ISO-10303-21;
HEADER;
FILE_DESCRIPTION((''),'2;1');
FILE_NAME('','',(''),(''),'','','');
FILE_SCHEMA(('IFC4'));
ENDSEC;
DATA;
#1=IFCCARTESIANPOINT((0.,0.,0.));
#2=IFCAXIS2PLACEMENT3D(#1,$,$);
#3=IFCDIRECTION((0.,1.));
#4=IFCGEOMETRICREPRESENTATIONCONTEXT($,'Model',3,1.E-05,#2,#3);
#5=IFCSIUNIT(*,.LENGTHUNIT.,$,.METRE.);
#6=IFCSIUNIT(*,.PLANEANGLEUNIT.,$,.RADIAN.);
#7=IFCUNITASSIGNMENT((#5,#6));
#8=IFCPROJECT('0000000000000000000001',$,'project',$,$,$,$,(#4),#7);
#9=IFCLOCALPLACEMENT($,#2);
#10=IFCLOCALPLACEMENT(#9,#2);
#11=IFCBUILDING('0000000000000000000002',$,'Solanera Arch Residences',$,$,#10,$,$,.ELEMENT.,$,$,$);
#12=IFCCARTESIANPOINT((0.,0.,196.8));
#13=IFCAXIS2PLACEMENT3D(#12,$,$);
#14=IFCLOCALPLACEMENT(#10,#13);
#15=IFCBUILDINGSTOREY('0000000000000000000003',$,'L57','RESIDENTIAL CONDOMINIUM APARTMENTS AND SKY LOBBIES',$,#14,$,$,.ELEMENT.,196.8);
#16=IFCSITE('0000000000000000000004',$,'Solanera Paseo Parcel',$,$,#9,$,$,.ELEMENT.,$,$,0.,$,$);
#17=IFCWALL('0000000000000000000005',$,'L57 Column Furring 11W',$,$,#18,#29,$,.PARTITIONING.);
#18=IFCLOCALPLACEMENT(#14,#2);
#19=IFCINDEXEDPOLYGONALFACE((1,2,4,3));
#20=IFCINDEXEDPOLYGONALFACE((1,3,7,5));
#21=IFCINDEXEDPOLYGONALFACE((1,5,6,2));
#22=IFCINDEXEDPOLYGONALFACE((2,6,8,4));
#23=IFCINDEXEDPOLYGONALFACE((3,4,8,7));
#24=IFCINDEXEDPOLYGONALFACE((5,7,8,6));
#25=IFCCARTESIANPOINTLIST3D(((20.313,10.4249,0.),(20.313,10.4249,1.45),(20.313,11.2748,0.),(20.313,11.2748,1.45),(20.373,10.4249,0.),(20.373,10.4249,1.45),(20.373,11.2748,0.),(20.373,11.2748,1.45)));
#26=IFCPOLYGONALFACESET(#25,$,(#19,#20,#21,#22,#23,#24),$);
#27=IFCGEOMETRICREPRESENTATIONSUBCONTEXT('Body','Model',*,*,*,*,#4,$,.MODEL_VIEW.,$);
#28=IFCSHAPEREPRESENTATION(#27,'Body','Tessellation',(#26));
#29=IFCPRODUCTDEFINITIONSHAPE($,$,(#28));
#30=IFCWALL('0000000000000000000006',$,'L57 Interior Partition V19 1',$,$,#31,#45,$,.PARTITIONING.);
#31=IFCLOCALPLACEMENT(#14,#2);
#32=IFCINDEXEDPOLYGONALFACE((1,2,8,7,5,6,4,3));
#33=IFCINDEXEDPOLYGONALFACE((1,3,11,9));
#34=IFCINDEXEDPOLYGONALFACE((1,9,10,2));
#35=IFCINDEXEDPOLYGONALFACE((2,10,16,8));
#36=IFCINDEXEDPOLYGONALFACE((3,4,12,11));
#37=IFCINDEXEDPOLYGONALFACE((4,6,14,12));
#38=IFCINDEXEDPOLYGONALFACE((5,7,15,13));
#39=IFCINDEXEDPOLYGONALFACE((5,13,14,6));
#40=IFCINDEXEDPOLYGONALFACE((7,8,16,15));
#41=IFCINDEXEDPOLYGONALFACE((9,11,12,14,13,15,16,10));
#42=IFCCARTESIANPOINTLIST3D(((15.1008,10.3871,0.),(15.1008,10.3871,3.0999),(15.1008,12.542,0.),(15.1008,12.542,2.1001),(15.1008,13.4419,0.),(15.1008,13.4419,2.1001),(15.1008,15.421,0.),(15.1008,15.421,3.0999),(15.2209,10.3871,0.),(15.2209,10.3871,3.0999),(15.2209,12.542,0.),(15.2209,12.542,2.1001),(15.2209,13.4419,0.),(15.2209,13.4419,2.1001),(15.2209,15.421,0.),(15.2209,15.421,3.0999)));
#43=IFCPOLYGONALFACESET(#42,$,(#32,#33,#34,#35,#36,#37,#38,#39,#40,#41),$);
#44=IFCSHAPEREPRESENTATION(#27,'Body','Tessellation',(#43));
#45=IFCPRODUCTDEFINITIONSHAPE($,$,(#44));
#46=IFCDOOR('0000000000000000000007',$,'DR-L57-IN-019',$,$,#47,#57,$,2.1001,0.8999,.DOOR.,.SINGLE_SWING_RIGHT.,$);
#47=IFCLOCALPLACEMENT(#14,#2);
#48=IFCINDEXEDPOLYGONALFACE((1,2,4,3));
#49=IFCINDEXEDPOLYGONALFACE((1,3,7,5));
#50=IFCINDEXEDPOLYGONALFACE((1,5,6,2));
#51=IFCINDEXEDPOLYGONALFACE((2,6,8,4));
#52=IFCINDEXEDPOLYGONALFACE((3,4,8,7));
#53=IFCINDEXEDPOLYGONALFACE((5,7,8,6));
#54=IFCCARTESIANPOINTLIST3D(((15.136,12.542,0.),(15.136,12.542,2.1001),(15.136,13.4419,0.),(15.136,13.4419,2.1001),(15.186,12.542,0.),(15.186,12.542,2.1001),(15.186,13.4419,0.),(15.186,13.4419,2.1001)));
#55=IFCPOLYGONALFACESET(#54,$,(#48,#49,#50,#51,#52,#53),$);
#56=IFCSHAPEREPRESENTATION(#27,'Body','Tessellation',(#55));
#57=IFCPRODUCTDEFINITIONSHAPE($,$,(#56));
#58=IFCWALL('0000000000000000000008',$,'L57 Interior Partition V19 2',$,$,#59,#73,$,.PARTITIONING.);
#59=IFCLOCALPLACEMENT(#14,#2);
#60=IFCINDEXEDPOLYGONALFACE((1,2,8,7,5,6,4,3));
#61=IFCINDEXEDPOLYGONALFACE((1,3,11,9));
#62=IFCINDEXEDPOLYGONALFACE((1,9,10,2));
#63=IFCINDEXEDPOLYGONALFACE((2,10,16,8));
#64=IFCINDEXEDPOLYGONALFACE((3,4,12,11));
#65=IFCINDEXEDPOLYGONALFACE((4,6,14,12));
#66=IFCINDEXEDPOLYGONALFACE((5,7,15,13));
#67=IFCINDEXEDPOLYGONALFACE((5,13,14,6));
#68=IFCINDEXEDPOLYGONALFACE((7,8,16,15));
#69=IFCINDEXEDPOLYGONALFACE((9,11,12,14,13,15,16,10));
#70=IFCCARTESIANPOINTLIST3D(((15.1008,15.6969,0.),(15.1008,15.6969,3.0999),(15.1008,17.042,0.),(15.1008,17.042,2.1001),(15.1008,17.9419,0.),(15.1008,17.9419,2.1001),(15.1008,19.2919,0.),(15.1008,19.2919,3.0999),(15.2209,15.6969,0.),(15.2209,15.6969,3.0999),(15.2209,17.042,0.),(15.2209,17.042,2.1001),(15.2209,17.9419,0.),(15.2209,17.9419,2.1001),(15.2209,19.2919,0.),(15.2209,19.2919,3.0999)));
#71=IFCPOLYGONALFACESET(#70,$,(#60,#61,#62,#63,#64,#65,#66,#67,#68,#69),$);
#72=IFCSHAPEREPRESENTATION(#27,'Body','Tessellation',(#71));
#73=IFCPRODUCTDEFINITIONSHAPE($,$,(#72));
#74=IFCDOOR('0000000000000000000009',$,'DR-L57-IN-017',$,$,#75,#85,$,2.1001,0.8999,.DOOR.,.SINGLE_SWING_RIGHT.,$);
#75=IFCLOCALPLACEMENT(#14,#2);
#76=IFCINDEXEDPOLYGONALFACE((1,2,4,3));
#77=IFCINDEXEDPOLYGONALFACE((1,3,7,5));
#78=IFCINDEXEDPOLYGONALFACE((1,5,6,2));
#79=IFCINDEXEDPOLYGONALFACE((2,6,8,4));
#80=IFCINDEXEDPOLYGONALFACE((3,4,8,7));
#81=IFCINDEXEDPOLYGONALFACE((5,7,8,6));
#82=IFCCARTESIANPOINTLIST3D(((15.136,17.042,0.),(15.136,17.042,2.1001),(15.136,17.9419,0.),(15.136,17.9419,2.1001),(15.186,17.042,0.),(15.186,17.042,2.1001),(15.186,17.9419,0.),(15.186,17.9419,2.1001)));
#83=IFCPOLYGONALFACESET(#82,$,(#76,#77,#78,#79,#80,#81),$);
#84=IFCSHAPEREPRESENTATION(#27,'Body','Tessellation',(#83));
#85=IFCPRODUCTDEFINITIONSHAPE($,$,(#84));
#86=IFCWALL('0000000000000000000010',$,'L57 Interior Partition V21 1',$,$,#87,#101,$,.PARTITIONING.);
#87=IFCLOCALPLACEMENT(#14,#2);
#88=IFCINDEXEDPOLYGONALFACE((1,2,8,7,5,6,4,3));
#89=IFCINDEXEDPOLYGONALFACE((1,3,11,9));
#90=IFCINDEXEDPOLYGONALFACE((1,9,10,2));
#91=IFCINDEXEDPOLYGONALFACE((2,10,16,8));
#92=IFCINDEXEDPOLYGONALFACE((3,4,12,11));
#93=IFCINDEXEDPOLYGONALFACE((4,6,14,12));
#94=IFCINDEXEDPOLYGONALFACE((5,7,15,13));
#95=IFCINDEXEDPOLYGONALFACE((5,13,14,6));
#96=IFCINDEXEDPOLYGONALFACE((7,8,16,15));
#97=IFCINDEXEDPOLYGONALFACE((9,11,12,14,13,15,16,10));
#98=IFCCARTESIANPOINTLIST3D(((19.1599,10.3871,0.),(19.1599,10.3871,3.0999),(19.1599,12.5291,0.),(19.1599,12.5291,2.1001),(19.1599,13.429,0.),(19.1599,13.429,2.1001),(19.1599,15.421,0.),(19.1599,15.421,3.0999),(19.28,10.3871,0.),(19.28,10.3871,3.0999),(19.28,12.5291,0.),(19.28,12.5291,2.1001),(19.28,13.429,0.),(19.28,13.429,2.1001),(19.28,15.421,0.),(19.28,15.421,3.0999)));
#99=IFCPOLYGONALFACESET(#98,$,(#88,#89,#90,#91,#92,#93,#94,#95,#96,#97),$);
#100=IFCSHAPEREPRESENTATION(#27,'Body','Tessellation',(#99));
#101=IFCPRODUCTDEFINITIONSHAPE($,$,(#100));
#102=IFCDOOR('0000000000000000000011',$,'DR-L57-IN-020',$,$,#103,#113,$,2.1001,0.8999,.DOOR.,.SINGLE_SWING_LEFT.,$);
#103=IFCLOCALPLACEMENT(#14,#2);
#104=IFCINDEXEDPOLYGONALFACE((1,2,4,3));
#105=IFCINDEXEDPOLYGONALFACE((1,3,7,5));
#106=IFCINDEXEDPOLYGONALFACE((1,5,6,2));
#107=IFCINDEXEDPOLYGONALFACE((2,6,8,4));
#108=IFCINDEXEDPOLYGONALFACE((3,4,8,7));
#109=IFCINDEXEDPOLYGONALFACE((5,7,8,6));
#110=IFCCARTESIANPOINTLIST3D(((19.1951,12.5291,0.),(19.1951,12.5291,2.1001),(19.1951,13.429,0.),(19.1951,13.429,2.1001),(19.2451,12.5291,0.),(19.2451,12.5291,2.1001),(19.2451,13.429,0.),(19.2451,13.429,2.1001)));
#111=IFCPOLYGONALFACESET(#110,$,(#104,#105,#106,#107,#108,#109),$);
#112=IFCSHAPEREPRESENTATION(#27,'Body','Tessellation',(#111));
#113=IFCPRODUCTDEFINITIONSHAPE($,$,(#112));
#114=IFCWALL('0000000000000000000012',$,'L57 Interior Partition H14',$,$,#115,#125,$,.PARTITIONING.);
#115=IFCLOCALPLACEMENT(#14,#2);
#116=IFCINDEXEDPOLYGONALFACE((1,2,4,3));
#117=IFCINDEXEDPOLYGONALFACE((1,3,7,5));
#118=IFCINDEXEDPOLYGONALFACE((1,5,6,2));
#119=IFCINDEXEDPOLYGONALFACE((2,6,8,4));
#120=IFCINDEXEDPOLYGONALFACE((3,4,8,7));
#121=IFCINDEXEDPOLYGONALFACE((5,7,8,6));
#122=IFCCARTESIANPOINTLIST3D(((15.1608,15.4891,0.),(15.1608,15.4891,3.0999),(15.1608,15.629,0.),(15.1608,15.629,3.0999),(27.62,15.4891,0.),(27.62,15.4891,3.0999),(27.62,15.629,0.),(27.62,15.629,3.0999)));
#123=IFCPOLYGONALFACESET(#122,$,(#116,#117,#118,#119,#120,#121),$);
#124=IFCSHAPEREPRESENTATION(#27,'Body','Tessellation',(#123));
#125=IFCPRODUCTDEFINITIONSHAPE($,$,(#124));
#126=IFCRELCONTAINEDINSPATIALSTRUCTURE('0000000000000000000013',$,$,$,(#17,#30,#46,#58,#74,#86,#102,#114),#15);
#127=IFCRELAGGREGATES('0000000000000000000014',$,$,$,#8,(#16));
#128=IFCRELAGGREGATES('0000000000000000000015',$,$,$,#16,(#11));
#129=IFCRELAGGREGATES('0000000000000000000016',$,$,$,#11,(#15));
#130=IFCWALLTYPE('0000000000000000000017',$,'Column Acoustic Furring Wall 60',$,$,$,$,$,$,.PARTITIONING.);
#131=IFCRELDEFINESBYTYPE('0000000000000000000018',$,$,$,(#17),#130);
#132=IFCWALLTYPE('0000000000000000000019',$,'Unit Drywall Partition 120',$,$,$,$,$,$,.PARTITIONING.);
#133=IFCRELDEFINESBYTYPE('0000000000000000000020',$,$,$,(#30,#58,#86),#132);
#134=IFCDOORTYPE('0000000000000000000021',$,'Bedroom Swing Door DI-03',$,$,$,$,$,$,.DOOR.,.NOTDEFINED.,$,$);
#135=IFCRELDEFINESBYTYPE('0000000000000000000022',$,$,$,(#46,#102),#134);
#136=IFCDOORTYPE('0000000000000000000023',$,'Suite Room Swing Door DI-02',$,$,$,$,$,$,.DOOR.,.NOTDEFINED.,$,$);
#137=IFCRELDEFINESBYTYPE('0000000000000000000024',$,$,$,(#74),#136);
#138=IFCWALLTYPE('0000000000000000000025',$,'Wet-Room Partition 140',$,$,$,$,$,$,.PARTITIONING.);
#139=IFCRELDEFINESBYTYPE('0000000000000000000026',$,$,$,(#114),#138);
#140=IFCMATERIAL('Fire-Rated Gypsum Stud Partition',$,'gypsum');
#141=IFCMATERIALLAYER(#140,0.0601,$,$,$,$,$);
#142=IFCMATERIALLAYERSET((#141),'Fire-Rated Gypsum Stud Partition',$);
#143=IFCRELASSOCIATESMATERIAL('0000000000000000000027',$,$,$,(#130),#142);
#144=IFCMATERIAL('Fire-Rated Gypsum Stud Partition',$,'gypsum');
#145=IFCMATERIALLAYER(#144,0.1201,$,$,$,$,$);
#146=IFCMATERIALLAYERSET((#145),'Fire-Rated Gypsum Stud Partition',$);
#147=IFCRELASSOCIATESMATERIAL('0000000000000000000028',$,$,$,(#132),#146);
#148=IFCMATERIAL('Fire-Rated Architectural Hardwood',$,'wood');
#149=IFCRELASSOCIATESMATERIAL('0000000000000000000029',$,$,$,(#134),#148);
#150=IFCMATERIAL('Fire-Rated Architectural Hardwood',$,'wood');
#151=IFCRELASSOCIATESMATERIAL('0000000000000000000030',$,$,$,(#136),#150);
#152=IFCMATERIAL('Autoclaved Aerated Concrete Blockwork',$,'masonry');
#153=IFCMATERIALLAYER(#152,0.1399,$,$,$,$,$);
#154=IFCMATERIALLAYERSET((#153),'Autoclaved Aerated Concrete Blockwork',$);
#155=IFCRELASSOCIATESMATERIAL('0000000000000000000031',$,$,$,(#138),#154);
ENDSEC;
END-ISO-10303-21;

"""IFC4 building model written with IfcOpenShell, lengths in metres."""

from ifc_helpers import new_model, si_unit, direction, frame, frame_2d, origin, place, context, subcontext, project, spatial, rectangle, extrude, material, layer, layer_set, type_object, element, fill, save


model = new_model("IFC4")

# Units and contexts
model_context = context("Model", 3, precision=1e-05, world=origin(), true_north=direction((0.0, 1.0)))
body_context = subcontext(model_context, "Body", "Model", "MODEL_VIEW")
ifc_project = project(units=[si_unit("LENGTHUNIT", "METRE"), si_unit("PLANEANGLEUNIT", "RADIAN")], contexts=[model_context])

# Site, building, storey
site_placement = place(None, origin())
site = spatial("IfcSite", under=ifc_project, at=site_placement, Name="Solanera Paseo Parcel", CompositionType="ELEMENT", RefElevation=0.0)
building_placement = place(site_placement, origin())
building = spatial("IfcBuilding", under=site, at=building_placement, Name="Solanera Arch Residences", CompositionType="ELEMENT")
storey_placement = place(building_placement, frame((0.0, 0.0, 196.8)))
storey = spatial("IfcBuildingStorey", under=building, at=storey_placement, Name="L57", Description="RESIDENTIAL CONDOMINIUM APARTMENTS AND SKY LOBBIES", CompositionType="ELEMENT", Elevation=196.8)

# Wall
ifc_material_1 = material(Name="Fire-Rated Gypsum Stud Partition", Category="gypsum")
ifc_layer_1 = layer(ifc_material_1, 0.0601)
ifc_layer_set_1 = layer_set([ifc_layer_1], Name="Fire-Rated Gypsum Stud Partition")
wall_type_1 = type_object("IfcWallType", Name="Column Acoustic Furring Wall 60", PredefinedType="PARTITIONING", material=ifc_layer_set_1)
wall_1_placement = place(storey_placement, frame((20.343, 10.425, 0.0), z_axis=(0.0, 0.0, 1.0), x_axis=(0.0, 1.0, 0.0)))
element("IfcWall", 1, at=wall_1_placement, inside=storey, type_object=wall_type_1, Name="L57 Column Furring 11W", PredefinedType="PARTITIONING", context=body_context, shape_type="SweptSolid", body=[
    extrude(rectangle(XDim=0.8499, YDim=0.0601, at=frame_2d((0.4248, 0.0))), origin(), (0.0, 0.0, 1.0), 1.45),
])

# Walls, openings, doors
ifc_material_2 = material(Name="Fire-Rated Gypsum Stud Partition", Category="gypsum")
ifc_layer_2 = layer(ifc_material_2, 0.1201)
ifc_layer_set_2 = layer_set([ifc_layer_2], Name="Fire-Rated Gypsum Stud Partition")
wall_type_2 = type_object("IfcWallType", Name="Unit Drywall Partition 120", PredefinedType="PARTITIONING", material=ifc_layer_set_2)
wall_2_placement = place(storey_placement, frame((15.1609, 10.387, 0.0), z_axis=(0.0, 0.0, 1.0), x_axis=(0.0, 1.0, 0.0)))
wall_2 = element("IfcWall", 2, at=wall_2_placement, inside=storey, type_object=wall_type_2, Name="L57 Interior Partition V19 1", PredefinedType="PARTITIONING", context=body_context, shape_type="SweptSolid", body=[
    extrude(rectangle(XDim=5.0339, YDim=0.1201, at=frame_2d((2.5171, 0.0))), origin(), (0.0, 0.0, 1.0), 3.0999),
])
opening_1_placement = place(wall_2_placement, frame((2.155, 0.0, 0.0)))
opening_1 = element("IfcOpeningElement", 3, at=opening_1_placement, cuts=wall_2, PredefinedType="OPENING", context=body_context, shape_type="SweptSolid", body=[
    extrude(rectangle(XDim=0.8999, YDim=2.1001, at=frame_2d((0.45, 1.05))), frame((0.0, 0.0701, 0.0), z_axis=(0.0, -1.0, 0.0), x_axis=(1.0, 0.0, 0.0)), (0.0, 0.0, 1.0), 0.1401),
])
ifc_material_3 = material(Name="Fire-Rated Architectural Hardwood", Category="wood")
door_type_1 = type_object("IfcDoorType", Name="Bedroom Swing Door DI-03", OperationType="NOTDEFINED", PredefinedType="DOOR", material=ifc_material_3)
door_1_placement = place(opening_1_placement, origin())
door_1 = element("IfcDoor", 4, at=door_1_placement, inside=storey, type_object=door_type_1, Name="DR-L57-IN-019", OperationType="SINGLE_SWING_RIGHT", OverallHeight=2.1001, OverallWidth=0.8999, PredefinedType="DOOR", context=body_context, shape_type="SweptSolid", body=[
    extrude(rectangle(XDim=0.8999, YDim=2.1001, at=frame_2d((0.45, 1.05))), frame((0.0, 0.0249, 0.0), z_axis=(0.0, -1.0, 0.0), x_axis=(1.0, 0.0, 0.0)), (0.0, 0.0, 1.0), 0.05),
])
fill(opening_1, door_1)
wall_3_placement = place(storey_placement, frame((15.1609, 15.697, 0.0), z_axis=(0.0, 0.0, 1.0), x_axis=(0.0, 1.0, 0.0)))
wall_3 = element("IfcWall", 5, at=wall_3_placement, inside=storey, type_object=wall_type_2, Name="L57 Interior Partition V19 2", PredefinedType="PARTITIONING", context=body_context, shape_type="SweptSolid", body=[
    extrude(rectangle(XDim=3.595, YDim=0.1201, at=frame_2d((1.7974, 0.0))), origin(), (0.0, 0.0, 1.0), 3.0999),
])
opening_2_placement = place(wall_3_placement, frame((1.345, 0.0, 0.0)))
opening_2 = element("IfcOpeningElement", 6, at=opening_2_placement, cuts=wall_3, PredefinedType="OPENING", context=body_context, shape_type="SweptSolid", body=[
    extrude(rectangle(XDim=0.8999, YDim=2.1001, at=frame_2d((0.45, 1.05))), frame((0.0, 0.0701, 0.0), z_axis=(0.0, -1.0, 0.0), x_axis=(1.0, 0.0, 0.0)), (0.0, 0.0, 1.0), 0.1401),
])
ifc_material_4 = material(Name="Fire-Rated Architectural Hardwood", Category="wood")
door_type_2 = type_object("IfcDoorType", Name="Suite Room Swing Door DI-02", OperationType="NOTDEFINED", PredefinedType="DOOR", material=ifc_material_4)
door_2_placement = place(opening_2_placement, origin())
door_2 = element("IfcDoor", 7, at=door_2_placement, inside=storey, type_object=door_type_2, Name="DR-L57-IN-017", OperationType="SINGLE_SWING_RIGHT", OverallHeight=2.1001, OverallWidth=0.8999, PredefinedType="DOOR", context=body_context, shape_type="SweptSolid", body=[
    extrude(rectangle(XDim=0.8999, YDim=2.1001, at=frame_2d((0.45, 1.05))), frame((0.0, 0.0249, 0.0), z_axis=(0.0, -1.0, 0.0), x_axis=(1.0, 0.0, 0.0)), (0.0, 0.0, 1.0), 0.05),
])
fill(opening_2, door_2)
wall_4_placement = place(storey_placement, frame((19.22, 10.387, 0.0), z_axis=(0.0, 0.0, 1.0), x_axis=(0.0, 1.0, 0.0)))
wall_4 = element("IfcWall", 8, at=wall_4_placement, inside=storey, type_object=wall_type_2, Name="L57 Interior Partition V21 1", PredefinedType="PARTITIONING", context=body_context, shape_type="SweptSolid", body=[
    extrude(rectangle(XDim=5.0339, YDim=0.1201, at=frame_2d((2.5171, 0.0))), origin(), (0.0, 0.0, 1.0), 3.0999),
])
opening_3_placement = place(wall_4_placement, frame((2.1421, 0.0, 0.0)))
opening_3 = element("IfcOpeningElement", 9, at=opening_3_placement, cuts=wall_4, PredefinedType="OPENING", context=body_context, shape_type="SweptSolid", body=[
    extrude(rectangle(XDim=0.8999, YDim=2.1001, at=frame_2d((0.45, 1.05))), frame((0.0, 0.0701, 0.0), z_axis=(0.0, -1.0, 0.0), x_axis=(1.0, 0.0, 0.0)), (0.0, 0.0, 1.0), 0.1401),
])
door_3_placement = place(opening_3_placement, origin())
door_3 = element("IfcDoor", 10, at=door_3_placement, inside=storey, type_object=door_type_1, Name="DR-L57-IN-020", OperationType="SINGLE_SWING_LEFT", OverallHeight=2.1001, OverallWidth=0.8999, PredefinedType="DOOR", context=body_context, shape_type="SweptSolid", body=[
    extrude(rectangle(XDim=0.8999, YDim=2.1001, at=frame_2d((0.45, 1.05))), frame((0.0, 0.0249, 0.0), z_axis=(0.0, -1.0, 0.0), x_axis=(1.0, 0.0, 0.0)), (0.0, 0.0, 1.0), 0.05),
])
fill(opening_3, door_3)

# Wall
ifc_material_5 = material(Name="Autoclaved Aerated Concrete Blockwork", Category="masonry")
ifc_layer_3 = layer(ifc_material_5, 0.1399)
ifc_layer_set_3 = layer_set([ifc_layer_3], Name="Autoclaved Aerated Concrete Blockwork")
wall_type_3 = type_object("IfcWallType", Name="Wet-Room Partition 140", PredefinedType="PARTITIONING", material=ifc_layer_set_3)
wall_5_placement = place(storey_placement, frame((15.1609, 15.5591, 0.0), z_axis=(0.0, 0.0, 1.0), x_axis=(1.0, 0.0, 0.0)))
element("IfcWall", 11, at=wall_5_placement, inside=storey, type_object=wall_type_3, Name="L57 Interior Partition H14", PredefinedType="PARTITIONING", context=body_context, shape_type="SweptSolid", body=[
    extrude(rectangle(XDim=12.4592, YDim=0.1399, at=frame_2d((6.2295, 0.0))), origin(), (0.0, 0.0, 1.0), 3.0999),
])

save(model, "model.ifc")
